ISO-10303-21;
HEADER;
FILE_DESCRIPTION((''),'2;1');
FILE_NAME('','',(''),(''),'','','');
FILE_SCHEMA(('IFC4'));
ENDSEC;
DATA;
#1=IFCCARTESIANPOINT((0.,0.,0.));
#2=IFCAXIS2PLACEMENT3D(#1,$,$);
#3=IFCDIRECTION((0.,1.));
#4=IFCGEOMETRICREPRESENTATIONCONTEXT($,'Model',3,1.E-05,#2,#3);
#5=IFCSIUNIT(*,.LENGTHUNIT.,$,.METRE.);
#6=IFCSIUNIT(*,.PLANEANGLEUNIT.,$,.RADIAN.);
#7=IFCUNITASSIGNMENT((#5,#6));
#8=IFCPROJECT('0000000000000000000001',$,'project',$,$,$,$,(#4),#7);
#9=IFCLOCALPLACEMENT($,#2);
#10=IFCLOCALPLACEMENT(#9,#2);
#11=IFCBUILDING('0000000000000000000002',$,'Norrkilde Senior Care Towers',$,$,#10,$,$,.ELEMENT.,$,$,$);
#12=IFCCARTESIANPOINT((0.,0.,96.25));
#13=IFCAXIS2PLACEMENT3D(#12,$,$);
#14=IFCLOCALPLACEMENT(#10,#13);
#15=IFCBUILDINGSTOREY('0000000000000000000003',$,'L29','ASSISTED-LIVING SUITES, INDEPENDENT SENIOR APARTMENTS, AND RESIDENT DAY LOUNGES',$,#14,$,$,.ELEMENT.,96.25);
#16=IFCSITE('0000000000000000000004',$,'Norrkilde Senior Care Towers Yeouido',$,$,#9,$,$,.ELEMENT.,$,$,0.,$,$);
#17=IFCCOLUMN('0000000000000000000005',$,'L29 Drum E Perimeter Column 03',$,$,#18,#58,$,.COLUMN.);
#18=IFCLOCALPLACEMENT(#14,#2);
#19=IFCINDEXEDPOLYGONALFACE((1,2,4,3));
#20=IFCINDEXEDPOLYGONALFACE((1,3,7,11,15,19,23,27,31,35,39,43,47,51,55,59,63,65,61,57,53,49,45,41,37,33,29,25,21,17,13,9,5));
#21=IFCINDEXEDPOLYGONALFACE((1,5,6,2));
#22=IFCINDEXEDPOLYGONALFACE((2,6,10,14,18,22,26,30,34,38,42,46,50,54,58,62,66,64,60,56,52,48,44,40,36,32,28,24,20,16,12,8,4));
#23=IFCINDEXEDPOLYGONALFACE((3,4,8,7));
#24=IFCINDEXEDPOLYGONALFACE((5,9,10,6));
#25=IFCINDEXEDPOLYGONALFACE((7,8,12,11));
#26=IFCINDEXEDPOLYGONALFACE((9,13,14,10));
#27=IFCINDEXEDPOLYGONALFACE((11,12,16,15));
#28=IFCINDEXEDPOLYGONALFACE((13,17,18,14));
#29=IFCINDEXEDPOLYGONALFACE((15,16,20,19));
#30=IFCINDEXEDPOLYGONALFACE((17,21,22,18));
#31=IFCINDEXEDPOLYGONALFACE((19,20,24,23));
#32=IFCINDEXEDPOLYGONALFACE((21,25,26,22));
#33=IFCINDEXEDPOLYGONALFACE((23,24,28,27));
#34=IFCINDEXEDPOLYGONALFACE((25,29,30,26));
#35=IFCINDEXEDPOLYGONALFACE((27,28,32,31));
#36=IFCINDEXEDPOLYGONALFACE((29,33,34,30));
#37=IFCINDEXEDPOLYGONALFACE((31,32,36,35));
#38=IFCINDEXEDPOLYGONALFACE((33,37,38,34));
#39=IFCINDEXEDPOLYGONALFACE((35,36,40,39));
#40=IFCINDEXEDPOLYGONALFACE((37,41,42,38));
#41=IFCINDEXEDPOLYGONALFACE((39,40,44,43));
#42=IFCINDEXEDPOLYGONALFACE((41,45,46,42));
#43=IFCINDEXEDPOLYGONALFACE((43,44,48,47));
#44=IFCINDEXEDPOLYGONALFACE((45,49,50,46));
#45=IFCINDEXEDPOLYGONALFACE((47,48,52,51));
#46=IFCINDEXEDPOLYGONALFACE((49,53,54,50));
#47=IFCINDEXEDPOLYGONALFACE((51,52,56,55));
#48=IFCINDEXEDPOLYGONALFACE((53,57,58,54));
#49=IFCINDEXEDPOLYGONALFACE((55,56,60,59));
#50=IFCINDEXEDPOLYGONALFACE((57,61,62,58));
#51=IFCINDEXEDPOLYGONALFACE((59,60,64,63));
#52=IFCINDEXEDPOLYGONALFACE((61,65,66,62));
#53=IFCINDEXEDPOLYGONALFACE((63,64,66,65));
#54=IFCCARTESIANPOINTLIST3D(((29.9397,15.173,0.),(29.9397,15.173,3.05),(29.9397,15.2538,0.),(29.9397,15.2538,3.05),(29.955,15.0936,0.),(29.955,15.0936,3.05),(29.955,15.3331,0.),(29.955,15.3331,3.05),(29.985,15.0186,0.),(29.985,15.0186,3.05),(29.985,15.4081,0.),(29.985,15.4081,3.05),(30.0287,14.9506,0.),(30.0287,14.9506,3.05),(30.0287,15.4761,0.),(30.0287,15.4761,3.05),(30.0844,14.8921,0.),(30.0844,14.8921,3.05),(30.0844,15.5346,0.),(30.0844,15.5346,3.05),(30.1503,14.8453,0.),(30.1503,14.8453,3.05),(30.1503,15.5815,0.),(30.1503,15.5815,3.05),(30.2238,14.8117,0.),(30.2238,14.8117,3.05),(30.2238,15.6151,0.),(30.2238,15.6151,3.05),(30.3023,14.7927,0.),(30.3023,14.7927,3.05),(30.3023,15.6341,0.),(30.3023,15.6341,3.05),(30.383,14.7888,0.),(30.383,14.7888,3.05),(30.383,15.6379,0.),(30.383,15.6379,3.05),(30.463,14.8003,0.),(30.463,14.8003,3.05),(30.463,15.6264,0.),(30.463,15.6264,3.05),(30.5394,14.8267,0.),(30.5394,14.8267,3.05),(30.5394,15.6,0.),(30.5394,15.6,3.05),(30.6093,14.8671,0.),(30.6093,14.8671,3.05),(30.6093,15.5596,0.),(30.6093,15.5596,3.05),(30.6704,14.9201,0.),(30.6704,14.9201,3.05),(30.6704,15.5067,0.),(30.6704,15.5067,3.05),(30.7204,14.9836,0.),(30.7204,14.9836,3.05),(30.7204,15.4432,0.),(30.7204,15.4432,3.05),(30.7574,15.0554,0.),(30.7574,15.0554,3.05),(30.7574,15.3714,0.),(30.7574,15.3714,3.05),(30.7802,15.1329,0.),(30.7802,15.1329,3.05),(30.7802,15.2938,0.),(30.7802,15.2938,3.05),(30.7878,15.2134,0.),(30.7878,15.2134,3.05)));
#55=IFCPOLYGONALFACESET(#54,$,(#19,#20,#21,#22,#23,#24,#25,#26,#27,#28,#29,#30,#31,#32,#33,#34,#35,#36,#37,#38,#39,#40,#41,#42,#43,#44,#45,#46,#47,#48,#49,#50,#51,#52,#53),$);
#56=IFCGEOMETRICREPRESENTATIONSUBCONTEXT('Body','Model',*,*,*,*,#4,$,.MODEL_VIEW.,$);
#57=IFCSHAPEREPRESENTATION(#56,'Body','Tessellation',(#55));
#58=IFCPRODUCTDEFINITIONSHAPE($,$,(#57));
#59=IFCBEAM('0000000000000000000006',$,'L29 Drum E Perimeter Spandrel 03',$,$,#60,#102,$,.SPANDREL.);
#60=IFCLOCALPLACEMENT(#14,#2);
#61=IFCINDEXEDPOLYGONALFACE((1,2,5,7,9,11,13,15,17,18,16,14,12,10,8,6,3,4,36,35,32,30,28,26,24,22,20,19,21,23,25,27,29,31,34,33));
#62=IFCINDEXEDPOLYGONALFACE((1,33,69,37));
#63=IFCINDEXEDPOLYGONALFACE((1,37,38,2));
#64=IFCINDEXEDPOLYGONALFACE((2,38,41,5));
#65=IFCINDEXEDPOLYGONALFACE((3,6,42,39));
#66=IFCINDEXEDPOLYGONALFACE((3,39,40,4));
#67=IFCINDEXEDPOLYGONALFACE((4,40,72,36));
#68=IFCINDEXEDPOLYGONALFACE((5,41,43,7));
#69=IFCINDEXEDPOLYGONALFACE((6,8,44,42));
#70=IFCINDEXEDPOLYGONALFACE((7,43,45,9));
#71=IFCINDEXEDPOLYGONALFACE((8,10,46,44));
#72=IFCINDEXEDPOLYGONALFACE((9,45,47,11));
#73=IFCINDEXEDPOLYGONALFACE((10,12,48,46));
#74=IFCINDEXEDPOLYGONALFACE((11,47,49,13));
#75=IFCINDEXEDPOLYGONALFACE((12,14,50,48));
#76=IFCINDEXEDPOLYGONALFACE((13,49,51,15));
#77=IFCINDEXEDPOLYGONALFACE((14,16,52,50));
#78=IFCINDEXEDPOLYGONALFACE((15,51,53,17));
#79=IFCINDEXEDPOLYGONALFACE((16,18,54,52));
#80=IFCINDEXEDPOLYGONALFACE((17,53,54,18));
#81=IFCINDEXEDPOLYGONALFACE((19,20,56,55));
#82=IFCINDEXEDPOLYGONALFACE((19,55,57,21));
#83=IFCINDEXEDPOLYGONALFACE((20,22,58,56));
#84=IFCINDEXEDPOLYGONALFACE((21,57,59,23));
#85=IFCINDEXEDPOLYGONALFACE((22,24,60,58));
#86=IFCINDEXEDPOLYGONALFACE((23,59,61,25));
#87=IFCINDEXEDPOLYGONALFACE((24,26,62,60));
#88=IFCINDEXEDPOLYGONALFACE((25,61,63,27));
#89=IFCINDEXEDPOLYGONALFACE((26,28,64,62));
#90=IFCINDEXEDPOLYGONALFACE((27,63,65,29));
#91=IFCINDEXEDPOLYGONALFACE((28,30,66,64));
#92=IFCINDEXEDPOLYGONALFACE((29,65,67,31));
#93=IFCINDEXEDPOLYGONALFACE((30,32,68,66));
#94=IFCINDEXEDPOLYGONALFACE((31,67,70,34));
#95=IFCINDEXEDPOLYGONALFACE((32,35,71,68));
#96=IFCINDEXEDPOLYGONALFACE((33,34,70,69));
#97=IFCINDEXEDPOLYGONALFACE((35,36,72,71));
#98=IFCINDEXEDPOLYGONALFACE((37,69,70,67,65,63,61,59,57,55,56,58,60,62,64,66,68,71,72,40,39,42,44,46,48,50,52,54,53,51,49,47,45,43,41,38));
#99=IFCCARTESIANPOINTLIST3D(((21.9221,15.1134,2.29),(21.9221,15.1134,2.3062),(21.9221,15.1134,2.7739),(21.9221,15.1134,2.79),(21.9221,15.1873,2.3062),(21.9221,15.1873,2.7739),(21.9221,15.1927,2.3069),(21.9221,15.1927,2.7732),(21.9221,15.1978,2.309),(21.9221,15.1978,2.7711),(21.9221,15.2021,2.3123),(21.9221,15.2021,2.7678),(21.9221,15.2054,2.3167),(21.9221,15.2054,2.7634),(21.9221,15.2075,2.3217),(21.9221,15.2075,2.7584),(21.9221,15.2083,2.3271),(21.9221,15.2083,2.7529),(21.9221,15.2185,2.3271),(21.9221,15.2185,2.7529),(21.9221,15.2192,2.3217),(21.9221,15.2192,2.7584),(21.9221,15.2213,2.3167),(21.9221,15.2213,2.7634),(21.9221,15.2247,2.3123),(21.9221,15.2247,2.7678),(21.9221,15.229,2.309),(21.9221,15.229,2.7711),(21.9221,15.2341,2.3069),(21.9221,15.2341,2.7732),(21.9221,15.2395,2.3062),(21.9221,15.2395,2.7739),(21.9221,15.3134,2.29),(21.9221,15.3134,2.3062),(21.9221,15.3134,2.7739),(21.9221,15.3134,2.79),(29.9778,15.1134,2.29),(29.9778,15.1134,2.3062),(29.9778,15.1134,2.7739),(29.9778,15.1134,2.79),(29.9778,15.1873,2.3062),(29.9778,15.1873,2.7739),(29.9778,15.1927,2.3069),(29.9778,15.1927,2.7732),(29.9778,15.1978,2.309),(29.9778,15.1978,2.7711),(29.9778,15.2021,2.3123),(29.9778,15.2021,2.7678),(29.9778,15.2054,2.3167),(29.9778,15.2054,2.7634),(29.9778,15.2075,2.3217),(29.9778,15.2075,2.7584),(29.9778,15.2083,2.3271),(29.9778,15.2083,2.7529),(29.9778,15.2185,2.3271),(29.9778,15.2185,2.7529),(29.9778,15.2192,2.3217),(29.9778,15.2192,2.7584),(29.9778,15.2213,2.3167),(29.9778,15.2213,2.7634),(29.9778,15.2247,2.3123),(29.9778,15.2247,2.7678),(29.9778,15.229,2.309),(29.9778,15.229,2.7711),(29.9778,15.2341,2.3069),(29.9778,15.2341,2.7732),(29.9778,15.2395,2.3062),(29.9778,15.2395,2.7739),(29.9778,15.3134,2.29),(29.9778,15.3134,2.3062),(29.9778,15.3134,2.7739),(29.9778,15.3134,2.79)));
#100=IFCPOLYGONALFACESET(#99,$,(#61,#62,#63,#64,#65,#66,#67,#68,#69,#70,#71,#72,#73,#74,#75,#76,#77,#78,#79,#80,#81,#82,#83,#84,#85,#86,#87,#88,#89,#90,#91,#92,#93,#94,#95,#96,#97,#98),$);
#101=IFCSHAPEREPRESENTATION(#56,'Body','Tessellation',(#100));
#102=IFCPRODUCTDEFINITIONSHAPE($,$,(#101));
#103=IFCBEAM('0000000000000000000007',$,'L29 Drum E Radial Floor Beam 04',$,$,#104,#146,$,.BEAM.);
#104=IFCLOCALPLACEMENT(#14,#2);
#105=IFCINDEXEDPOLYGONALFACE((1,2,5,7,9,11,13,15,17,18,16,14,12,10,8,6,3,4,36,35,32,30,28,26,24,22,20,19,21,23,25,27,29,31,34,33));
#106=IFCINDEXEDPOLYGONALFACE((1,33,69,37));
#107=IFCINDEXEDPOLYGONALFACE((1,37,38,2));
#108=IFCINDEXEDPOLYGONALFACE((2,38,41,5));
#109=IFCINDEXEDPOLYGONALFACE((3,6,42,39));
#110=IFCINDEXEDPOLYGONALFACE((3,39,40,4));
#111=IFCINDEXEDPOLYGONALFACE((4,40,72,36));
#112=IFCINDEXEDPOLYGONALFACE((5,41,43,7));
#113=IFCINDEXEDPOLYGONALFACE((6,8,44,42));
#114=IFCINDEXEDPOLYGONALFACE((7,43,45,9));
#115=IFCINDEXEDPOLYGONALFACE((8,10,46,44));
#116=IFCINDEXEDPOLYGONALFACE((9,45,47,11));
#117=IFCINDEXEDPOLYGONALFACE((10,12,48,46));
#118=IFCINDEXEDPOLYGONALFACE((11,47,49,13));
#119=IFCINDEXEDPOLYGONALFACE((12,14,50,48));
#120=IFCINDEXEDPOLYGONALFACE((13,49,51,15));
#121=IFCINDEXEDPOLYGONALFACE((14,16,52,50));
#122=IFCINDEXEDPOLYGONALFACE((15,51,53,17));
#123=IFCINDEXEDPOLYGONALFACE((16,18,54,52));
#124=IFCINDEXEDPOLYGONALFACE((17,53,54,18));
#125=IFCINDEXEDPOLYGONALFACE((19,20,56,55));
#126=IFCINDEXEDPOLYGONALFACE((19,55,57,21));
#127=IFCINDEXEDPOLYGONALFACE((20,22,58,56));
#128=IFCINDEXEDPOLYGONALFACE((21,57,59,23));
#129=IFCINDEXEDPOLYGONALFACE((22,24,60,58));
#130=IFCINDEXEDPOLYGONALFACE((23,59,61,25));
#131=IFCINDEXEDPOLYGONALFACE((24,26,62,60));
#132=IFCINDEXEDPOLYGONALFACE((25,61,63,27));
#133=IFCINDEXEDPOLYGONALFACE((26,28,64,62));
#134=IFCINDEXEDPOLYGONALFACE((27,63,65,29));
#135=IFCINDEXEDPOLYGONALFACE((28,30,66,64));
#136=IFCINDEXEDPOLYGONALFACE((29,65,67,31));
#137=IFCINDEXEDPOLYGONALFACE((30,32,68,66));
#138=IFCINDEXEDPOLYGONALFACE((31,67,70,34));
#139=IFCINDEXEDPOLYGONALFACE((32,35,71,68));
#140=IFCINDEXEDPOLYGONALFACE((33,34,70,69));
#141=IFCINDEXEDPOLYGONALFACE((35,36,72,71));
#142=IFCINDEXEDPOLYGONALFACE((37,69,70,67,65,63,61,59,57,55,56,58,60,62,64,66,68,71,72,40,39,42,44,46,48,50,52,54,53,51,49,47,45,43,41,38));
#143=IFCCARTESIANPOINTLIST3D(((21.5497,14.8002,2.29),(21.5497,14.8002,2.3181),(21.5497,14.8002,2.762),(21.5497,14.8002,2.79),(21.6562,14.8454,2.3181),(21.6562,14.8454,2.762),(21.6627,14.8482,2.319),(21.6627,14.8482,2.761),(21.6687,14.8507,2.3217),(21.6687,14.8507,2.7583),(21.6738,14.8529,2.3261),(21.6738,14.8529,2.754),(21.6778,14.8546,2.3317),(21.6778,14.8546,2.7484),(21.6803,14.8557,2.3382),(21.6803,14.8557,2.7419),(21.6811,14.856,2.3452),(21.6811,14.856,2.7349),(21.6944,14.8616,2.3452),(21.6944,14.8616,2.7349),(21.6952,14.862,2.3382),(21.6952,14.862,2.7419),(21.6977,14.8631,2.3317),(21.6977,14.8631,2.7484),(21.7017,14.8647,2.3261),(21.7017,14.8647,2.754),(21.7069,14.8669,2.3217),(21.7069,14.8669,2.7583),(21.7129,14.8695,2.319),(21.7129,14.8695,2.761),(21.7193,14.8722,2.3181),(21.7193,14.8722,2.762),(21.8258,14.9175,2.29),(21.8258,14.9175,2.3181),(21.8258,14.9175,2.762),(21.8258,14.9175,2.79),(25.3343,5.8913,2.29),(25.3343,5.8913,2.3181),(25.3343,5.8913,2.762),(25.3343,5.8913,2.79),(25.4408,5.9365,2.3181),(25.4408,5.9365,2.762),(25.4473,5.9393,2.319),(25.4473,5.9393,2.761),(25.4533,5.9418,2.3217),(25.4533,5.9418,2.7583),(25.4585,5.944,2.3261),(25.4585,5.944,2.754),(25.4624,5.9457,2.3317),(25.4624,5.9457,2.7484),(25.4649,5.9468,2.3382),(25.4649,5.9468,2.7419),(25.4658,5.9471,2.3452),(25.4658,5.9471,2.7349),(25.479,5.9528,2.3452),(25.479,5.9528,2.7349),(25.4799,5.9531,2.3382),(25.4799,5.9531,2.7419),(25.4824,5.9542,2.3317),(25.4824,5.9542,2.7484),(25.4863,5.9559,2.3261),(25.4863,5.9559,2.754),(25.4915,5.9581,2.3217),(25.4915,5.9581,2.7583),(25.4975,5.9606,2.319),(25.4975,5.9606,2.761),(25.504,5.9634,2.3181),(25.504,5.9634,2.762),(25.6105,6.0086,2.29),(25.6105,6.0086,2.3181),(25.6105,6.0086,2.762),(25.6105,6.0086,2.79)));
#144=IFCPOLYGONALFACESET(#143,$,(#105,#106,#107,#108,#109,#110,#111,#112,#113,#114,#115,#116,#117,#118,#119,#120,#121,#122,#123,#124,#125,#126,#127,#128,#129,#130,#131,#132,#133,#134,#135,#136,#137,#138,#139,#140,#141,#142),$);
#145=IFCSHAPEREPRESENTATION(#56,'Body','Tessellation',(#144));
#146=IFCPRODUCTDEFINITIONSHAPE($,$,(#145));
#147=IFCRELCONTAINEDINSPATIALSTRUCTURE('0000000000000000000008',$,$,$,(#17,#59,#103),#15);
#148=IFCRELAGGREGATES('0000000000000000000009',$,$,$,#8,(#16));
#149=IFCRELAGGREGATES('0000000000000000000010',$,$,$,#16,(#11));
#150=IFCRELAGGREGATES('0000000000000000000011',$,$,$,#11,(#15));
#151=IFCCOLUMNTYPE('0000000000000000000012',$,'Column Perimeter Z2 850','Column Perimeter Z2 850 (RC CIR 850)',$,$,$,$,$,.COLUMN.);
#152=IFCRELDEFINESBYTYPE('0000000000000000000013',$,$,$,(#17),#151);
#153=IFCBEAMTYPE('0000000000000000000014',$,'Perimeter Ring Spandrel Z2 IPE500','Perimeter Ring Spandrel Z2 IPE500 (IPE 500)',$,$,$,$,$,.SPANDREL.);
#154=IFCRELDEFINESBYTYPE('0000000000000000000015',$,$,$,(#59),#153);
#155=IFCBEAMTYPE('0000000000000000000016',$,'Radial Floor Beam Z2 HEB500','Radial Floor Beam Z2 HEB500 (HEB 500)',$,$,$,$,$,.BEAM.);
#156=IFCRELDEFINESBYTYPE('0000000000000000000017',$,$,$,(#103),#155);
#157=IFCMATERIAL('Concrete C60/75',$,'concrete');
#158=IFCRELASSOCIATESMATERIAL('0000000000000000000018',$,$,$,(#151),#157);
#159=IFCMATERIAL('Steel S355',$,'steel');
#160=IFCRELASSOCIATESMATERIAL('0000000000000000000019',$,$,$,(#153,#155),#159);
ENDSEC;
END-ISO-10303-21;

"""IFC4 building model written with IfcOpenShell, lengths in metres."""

from ifc_helpers import new_model, si_unit, direction, frame, origin, origin_2d, place, context, subcontext, project, spatial, circle, i_section, extrude, source, transform, mapped, material, material_profile, profile_set, type_object, type_shapes, element, save


model = new_model("IFC4")

# Units and contexts
model_context = context("Model", 3, precision=1e-05, world=origin(), true_north=direction((0.0, 1.0)))
body_context = subcontext(model_context, "Body", "Model", "MODEL_VIEW")
ifc_project = project(units=[si_unit("LENGTHUNIT", "METRE"), si_unit("PLANEANGLEUNIT", "RADIAN")], contexts=[model_context])

# Site, building, storey
site_placement = place(None, origin())
site = spatial("IfcSite", under=ifc_project, at=site_placement, Name="Norrkilde Senior Care Towers Yeouido", CompositionType="ELEMENT", RefElevation=0.0)
building_placement = place(site_placement, origin())
building = spatial("IfcBuilding", under=site, at=building_placement, Name="Norrkilde Senior Care Towers", CompositionType="ELEMENT")
storey_placement = place(building_placement, frame((0.0, 0.0, 96.25)))
storey = spatial("IfcBuildingStorey", under=building, at=storey_placement, Name="L29", Description="ASSISTED-LIVING SUITES, INDEPENDENT SENIOR APARTMENTS, AND RESIDENT DAY LOUNGES", CompositionType="ELEMENT", Elevation=96.25)

# Column
ifc_material_1 = material(Name="Concrete C60/75", Category="concrete")
ifc_material_profile_1 = material_profile(ifc_material_1, circle(Radius=0.425, at=origin_2d()), Name="RC CIR 850")
ifc_profile_set_1 = profile_set([ifc_material_profile_1], Name="Concrete C60/75")
column_type = type_object("IfcColumnType", Name="Column Perimeter Z2 850", Description="Column Perimeter Z2 850 (RC CIR 850)", PredefinedType="COLUMN", material=ifc_profile_set_1)
shared_shape_1 = source(origin(), body_context, "Body", "SweptSolid", [
    extrude(circle(Radius=0.425, at=origin_2d()), origin(), (0.0, 0.0, 1.0), 3.05),
])
type_shapes(column_type, [shared_shape_1])
column_placement = place(storey_placement, frame((30.3628, 15.2134, 0.0), z_axis=(0.0, 0.0, 1.0), x_axis=(1.0, 0.0, 0.0)))
element("IfcColumn", 1, at=column_placement, inside=storey, type_object=column_type, Name="L29 Drum E Perimeter Column 03", PredefinedType="COLUMN", context=body_context, shape_type="MappedRepresentation", body=[
    mapped(shared_shape_1, transform((0.0, 0.0, 0.0), x_axis=(1.0, 0.0, 0.0), y_axis=(0.0, 1.0, 0.0), z_axis=(0.0, 0.0, 1.0), scale=1.0)),
])

# Beams
ifc_material_2 = material(Name="Steel S355", Category="steel")
ifc_material_profile_2 = material_profile(ifc_material_2, i_section(OverallWidth=0.2, OverallDepth=0.5, WebThickness=0.0103, FlangeThickness=0.0161, FilletRadius=0.021, at=origin_2d()), Name="IPE 500")
ifc_profile_set_2 = profile_set([ifc_material_profile_2], Name="Steel S355")
beam_type_1 = type_object("IfcBeamType", Name="Perimeter Ring Spandrel Z2 IPE500", Description="Perimeter Ring Spandrel Z2 IPE500 (IPE 500)", PredefinedType="SPANDREL", material=ifc_profile_set_2)
shared_shape_2 = source(origin(), body_context, "Body", "SweptSolid", [
    extrude(i_section(OverallWidth=0.2, OverallDepth=0.5, WebThickness=0.0103, FlangeThickness=0.0161, FilletRadius=0.021, at=origin_2d()), origin(), (0.0, 0.0, 1.0), 8.0557),
])
type_shapes(beam_type_1, [shared_shape_2])
beam_1_placement = place(storey_placement, frame((29.9778, 15.2134, 2.54), z_axis=(-1.0, 0.0, 0.0), x_axis=(0.0, -1.0, 0.0)))
element("IfcBeam", 2, at=beam_1_placement, inside=storey, type_object=beam_type_1, Name="L29 Drum E Perimeter Spandrel 03", PredefinedType="SPANDREL", context=body_context, shape_type="MappedRepresentation", body=[
    mapped(shared_shape_2, transform((0.0, 0.0, 0.0), x_axis=(1.0, 0.0, 0.0), y_axis=(0.0, 1.0, 0.0), z_axis=(0.0, 0.0, 1.0), scale=1.0)),
])
ifc_material_profile_3 = material_profile(ifc_material_2, i_section(OverallWidth=0.3, OverallDepth=0.5, WebThickness=0.0144, FlangeThickness=0.0281, FilletRadius=0.0271, at=origin_2d()), Name="HEB 500")
ifc_profile_set_3 = profile_set([ifc_material_profile_3], Name="Steel S355")
beam_type_2 = type_object("IfcBeamType", Name="Radial Floor Beam Z2 HEB500", Description="Radial Floor Beam Z2 HEB500 (HEB 500)", PredefinedType="BEAM", material=ifc_profile_set_3)
shared_shape_3 = source(origin(), body_context, "Body", "SweptSolid", [
    extrude(i_section(OverallWidth=0.3, OverallDepth=0.5, WebThickness=0.0144, FlangeThickness=0.0281, FilletRadius=0.0271, at=origin_2d()), origin(), (0.0, 0.0, 1.0), 9.6794),
])
beam_2_placement = place(storey_placement, frame((25.4724, 5.95, 2.54), z_axis=(-0.390998, 0.920392, 0.0), x_axis=(-0.920392, -0.390998, 0.0)))
element("IfcBeam", 3, at=beam_2_placement, inside=storey, type_object=beam_type_2, Name="L29 Drum E Radial Floor Beam 04", PredefinedType="BEAM", context=body_context, shape_type="MappedRepresentation", body=[
    mapped(shared_shape_3, transform((0.0, 0.0, 0.0), x_axis=(1.0, 0.0, 0.0), y_axis=(0.0, 1.0, 0.0), z_axis=(0.0, 0.0, 1.0), scale=1.0)),
])

save(model, "model.ifc")
